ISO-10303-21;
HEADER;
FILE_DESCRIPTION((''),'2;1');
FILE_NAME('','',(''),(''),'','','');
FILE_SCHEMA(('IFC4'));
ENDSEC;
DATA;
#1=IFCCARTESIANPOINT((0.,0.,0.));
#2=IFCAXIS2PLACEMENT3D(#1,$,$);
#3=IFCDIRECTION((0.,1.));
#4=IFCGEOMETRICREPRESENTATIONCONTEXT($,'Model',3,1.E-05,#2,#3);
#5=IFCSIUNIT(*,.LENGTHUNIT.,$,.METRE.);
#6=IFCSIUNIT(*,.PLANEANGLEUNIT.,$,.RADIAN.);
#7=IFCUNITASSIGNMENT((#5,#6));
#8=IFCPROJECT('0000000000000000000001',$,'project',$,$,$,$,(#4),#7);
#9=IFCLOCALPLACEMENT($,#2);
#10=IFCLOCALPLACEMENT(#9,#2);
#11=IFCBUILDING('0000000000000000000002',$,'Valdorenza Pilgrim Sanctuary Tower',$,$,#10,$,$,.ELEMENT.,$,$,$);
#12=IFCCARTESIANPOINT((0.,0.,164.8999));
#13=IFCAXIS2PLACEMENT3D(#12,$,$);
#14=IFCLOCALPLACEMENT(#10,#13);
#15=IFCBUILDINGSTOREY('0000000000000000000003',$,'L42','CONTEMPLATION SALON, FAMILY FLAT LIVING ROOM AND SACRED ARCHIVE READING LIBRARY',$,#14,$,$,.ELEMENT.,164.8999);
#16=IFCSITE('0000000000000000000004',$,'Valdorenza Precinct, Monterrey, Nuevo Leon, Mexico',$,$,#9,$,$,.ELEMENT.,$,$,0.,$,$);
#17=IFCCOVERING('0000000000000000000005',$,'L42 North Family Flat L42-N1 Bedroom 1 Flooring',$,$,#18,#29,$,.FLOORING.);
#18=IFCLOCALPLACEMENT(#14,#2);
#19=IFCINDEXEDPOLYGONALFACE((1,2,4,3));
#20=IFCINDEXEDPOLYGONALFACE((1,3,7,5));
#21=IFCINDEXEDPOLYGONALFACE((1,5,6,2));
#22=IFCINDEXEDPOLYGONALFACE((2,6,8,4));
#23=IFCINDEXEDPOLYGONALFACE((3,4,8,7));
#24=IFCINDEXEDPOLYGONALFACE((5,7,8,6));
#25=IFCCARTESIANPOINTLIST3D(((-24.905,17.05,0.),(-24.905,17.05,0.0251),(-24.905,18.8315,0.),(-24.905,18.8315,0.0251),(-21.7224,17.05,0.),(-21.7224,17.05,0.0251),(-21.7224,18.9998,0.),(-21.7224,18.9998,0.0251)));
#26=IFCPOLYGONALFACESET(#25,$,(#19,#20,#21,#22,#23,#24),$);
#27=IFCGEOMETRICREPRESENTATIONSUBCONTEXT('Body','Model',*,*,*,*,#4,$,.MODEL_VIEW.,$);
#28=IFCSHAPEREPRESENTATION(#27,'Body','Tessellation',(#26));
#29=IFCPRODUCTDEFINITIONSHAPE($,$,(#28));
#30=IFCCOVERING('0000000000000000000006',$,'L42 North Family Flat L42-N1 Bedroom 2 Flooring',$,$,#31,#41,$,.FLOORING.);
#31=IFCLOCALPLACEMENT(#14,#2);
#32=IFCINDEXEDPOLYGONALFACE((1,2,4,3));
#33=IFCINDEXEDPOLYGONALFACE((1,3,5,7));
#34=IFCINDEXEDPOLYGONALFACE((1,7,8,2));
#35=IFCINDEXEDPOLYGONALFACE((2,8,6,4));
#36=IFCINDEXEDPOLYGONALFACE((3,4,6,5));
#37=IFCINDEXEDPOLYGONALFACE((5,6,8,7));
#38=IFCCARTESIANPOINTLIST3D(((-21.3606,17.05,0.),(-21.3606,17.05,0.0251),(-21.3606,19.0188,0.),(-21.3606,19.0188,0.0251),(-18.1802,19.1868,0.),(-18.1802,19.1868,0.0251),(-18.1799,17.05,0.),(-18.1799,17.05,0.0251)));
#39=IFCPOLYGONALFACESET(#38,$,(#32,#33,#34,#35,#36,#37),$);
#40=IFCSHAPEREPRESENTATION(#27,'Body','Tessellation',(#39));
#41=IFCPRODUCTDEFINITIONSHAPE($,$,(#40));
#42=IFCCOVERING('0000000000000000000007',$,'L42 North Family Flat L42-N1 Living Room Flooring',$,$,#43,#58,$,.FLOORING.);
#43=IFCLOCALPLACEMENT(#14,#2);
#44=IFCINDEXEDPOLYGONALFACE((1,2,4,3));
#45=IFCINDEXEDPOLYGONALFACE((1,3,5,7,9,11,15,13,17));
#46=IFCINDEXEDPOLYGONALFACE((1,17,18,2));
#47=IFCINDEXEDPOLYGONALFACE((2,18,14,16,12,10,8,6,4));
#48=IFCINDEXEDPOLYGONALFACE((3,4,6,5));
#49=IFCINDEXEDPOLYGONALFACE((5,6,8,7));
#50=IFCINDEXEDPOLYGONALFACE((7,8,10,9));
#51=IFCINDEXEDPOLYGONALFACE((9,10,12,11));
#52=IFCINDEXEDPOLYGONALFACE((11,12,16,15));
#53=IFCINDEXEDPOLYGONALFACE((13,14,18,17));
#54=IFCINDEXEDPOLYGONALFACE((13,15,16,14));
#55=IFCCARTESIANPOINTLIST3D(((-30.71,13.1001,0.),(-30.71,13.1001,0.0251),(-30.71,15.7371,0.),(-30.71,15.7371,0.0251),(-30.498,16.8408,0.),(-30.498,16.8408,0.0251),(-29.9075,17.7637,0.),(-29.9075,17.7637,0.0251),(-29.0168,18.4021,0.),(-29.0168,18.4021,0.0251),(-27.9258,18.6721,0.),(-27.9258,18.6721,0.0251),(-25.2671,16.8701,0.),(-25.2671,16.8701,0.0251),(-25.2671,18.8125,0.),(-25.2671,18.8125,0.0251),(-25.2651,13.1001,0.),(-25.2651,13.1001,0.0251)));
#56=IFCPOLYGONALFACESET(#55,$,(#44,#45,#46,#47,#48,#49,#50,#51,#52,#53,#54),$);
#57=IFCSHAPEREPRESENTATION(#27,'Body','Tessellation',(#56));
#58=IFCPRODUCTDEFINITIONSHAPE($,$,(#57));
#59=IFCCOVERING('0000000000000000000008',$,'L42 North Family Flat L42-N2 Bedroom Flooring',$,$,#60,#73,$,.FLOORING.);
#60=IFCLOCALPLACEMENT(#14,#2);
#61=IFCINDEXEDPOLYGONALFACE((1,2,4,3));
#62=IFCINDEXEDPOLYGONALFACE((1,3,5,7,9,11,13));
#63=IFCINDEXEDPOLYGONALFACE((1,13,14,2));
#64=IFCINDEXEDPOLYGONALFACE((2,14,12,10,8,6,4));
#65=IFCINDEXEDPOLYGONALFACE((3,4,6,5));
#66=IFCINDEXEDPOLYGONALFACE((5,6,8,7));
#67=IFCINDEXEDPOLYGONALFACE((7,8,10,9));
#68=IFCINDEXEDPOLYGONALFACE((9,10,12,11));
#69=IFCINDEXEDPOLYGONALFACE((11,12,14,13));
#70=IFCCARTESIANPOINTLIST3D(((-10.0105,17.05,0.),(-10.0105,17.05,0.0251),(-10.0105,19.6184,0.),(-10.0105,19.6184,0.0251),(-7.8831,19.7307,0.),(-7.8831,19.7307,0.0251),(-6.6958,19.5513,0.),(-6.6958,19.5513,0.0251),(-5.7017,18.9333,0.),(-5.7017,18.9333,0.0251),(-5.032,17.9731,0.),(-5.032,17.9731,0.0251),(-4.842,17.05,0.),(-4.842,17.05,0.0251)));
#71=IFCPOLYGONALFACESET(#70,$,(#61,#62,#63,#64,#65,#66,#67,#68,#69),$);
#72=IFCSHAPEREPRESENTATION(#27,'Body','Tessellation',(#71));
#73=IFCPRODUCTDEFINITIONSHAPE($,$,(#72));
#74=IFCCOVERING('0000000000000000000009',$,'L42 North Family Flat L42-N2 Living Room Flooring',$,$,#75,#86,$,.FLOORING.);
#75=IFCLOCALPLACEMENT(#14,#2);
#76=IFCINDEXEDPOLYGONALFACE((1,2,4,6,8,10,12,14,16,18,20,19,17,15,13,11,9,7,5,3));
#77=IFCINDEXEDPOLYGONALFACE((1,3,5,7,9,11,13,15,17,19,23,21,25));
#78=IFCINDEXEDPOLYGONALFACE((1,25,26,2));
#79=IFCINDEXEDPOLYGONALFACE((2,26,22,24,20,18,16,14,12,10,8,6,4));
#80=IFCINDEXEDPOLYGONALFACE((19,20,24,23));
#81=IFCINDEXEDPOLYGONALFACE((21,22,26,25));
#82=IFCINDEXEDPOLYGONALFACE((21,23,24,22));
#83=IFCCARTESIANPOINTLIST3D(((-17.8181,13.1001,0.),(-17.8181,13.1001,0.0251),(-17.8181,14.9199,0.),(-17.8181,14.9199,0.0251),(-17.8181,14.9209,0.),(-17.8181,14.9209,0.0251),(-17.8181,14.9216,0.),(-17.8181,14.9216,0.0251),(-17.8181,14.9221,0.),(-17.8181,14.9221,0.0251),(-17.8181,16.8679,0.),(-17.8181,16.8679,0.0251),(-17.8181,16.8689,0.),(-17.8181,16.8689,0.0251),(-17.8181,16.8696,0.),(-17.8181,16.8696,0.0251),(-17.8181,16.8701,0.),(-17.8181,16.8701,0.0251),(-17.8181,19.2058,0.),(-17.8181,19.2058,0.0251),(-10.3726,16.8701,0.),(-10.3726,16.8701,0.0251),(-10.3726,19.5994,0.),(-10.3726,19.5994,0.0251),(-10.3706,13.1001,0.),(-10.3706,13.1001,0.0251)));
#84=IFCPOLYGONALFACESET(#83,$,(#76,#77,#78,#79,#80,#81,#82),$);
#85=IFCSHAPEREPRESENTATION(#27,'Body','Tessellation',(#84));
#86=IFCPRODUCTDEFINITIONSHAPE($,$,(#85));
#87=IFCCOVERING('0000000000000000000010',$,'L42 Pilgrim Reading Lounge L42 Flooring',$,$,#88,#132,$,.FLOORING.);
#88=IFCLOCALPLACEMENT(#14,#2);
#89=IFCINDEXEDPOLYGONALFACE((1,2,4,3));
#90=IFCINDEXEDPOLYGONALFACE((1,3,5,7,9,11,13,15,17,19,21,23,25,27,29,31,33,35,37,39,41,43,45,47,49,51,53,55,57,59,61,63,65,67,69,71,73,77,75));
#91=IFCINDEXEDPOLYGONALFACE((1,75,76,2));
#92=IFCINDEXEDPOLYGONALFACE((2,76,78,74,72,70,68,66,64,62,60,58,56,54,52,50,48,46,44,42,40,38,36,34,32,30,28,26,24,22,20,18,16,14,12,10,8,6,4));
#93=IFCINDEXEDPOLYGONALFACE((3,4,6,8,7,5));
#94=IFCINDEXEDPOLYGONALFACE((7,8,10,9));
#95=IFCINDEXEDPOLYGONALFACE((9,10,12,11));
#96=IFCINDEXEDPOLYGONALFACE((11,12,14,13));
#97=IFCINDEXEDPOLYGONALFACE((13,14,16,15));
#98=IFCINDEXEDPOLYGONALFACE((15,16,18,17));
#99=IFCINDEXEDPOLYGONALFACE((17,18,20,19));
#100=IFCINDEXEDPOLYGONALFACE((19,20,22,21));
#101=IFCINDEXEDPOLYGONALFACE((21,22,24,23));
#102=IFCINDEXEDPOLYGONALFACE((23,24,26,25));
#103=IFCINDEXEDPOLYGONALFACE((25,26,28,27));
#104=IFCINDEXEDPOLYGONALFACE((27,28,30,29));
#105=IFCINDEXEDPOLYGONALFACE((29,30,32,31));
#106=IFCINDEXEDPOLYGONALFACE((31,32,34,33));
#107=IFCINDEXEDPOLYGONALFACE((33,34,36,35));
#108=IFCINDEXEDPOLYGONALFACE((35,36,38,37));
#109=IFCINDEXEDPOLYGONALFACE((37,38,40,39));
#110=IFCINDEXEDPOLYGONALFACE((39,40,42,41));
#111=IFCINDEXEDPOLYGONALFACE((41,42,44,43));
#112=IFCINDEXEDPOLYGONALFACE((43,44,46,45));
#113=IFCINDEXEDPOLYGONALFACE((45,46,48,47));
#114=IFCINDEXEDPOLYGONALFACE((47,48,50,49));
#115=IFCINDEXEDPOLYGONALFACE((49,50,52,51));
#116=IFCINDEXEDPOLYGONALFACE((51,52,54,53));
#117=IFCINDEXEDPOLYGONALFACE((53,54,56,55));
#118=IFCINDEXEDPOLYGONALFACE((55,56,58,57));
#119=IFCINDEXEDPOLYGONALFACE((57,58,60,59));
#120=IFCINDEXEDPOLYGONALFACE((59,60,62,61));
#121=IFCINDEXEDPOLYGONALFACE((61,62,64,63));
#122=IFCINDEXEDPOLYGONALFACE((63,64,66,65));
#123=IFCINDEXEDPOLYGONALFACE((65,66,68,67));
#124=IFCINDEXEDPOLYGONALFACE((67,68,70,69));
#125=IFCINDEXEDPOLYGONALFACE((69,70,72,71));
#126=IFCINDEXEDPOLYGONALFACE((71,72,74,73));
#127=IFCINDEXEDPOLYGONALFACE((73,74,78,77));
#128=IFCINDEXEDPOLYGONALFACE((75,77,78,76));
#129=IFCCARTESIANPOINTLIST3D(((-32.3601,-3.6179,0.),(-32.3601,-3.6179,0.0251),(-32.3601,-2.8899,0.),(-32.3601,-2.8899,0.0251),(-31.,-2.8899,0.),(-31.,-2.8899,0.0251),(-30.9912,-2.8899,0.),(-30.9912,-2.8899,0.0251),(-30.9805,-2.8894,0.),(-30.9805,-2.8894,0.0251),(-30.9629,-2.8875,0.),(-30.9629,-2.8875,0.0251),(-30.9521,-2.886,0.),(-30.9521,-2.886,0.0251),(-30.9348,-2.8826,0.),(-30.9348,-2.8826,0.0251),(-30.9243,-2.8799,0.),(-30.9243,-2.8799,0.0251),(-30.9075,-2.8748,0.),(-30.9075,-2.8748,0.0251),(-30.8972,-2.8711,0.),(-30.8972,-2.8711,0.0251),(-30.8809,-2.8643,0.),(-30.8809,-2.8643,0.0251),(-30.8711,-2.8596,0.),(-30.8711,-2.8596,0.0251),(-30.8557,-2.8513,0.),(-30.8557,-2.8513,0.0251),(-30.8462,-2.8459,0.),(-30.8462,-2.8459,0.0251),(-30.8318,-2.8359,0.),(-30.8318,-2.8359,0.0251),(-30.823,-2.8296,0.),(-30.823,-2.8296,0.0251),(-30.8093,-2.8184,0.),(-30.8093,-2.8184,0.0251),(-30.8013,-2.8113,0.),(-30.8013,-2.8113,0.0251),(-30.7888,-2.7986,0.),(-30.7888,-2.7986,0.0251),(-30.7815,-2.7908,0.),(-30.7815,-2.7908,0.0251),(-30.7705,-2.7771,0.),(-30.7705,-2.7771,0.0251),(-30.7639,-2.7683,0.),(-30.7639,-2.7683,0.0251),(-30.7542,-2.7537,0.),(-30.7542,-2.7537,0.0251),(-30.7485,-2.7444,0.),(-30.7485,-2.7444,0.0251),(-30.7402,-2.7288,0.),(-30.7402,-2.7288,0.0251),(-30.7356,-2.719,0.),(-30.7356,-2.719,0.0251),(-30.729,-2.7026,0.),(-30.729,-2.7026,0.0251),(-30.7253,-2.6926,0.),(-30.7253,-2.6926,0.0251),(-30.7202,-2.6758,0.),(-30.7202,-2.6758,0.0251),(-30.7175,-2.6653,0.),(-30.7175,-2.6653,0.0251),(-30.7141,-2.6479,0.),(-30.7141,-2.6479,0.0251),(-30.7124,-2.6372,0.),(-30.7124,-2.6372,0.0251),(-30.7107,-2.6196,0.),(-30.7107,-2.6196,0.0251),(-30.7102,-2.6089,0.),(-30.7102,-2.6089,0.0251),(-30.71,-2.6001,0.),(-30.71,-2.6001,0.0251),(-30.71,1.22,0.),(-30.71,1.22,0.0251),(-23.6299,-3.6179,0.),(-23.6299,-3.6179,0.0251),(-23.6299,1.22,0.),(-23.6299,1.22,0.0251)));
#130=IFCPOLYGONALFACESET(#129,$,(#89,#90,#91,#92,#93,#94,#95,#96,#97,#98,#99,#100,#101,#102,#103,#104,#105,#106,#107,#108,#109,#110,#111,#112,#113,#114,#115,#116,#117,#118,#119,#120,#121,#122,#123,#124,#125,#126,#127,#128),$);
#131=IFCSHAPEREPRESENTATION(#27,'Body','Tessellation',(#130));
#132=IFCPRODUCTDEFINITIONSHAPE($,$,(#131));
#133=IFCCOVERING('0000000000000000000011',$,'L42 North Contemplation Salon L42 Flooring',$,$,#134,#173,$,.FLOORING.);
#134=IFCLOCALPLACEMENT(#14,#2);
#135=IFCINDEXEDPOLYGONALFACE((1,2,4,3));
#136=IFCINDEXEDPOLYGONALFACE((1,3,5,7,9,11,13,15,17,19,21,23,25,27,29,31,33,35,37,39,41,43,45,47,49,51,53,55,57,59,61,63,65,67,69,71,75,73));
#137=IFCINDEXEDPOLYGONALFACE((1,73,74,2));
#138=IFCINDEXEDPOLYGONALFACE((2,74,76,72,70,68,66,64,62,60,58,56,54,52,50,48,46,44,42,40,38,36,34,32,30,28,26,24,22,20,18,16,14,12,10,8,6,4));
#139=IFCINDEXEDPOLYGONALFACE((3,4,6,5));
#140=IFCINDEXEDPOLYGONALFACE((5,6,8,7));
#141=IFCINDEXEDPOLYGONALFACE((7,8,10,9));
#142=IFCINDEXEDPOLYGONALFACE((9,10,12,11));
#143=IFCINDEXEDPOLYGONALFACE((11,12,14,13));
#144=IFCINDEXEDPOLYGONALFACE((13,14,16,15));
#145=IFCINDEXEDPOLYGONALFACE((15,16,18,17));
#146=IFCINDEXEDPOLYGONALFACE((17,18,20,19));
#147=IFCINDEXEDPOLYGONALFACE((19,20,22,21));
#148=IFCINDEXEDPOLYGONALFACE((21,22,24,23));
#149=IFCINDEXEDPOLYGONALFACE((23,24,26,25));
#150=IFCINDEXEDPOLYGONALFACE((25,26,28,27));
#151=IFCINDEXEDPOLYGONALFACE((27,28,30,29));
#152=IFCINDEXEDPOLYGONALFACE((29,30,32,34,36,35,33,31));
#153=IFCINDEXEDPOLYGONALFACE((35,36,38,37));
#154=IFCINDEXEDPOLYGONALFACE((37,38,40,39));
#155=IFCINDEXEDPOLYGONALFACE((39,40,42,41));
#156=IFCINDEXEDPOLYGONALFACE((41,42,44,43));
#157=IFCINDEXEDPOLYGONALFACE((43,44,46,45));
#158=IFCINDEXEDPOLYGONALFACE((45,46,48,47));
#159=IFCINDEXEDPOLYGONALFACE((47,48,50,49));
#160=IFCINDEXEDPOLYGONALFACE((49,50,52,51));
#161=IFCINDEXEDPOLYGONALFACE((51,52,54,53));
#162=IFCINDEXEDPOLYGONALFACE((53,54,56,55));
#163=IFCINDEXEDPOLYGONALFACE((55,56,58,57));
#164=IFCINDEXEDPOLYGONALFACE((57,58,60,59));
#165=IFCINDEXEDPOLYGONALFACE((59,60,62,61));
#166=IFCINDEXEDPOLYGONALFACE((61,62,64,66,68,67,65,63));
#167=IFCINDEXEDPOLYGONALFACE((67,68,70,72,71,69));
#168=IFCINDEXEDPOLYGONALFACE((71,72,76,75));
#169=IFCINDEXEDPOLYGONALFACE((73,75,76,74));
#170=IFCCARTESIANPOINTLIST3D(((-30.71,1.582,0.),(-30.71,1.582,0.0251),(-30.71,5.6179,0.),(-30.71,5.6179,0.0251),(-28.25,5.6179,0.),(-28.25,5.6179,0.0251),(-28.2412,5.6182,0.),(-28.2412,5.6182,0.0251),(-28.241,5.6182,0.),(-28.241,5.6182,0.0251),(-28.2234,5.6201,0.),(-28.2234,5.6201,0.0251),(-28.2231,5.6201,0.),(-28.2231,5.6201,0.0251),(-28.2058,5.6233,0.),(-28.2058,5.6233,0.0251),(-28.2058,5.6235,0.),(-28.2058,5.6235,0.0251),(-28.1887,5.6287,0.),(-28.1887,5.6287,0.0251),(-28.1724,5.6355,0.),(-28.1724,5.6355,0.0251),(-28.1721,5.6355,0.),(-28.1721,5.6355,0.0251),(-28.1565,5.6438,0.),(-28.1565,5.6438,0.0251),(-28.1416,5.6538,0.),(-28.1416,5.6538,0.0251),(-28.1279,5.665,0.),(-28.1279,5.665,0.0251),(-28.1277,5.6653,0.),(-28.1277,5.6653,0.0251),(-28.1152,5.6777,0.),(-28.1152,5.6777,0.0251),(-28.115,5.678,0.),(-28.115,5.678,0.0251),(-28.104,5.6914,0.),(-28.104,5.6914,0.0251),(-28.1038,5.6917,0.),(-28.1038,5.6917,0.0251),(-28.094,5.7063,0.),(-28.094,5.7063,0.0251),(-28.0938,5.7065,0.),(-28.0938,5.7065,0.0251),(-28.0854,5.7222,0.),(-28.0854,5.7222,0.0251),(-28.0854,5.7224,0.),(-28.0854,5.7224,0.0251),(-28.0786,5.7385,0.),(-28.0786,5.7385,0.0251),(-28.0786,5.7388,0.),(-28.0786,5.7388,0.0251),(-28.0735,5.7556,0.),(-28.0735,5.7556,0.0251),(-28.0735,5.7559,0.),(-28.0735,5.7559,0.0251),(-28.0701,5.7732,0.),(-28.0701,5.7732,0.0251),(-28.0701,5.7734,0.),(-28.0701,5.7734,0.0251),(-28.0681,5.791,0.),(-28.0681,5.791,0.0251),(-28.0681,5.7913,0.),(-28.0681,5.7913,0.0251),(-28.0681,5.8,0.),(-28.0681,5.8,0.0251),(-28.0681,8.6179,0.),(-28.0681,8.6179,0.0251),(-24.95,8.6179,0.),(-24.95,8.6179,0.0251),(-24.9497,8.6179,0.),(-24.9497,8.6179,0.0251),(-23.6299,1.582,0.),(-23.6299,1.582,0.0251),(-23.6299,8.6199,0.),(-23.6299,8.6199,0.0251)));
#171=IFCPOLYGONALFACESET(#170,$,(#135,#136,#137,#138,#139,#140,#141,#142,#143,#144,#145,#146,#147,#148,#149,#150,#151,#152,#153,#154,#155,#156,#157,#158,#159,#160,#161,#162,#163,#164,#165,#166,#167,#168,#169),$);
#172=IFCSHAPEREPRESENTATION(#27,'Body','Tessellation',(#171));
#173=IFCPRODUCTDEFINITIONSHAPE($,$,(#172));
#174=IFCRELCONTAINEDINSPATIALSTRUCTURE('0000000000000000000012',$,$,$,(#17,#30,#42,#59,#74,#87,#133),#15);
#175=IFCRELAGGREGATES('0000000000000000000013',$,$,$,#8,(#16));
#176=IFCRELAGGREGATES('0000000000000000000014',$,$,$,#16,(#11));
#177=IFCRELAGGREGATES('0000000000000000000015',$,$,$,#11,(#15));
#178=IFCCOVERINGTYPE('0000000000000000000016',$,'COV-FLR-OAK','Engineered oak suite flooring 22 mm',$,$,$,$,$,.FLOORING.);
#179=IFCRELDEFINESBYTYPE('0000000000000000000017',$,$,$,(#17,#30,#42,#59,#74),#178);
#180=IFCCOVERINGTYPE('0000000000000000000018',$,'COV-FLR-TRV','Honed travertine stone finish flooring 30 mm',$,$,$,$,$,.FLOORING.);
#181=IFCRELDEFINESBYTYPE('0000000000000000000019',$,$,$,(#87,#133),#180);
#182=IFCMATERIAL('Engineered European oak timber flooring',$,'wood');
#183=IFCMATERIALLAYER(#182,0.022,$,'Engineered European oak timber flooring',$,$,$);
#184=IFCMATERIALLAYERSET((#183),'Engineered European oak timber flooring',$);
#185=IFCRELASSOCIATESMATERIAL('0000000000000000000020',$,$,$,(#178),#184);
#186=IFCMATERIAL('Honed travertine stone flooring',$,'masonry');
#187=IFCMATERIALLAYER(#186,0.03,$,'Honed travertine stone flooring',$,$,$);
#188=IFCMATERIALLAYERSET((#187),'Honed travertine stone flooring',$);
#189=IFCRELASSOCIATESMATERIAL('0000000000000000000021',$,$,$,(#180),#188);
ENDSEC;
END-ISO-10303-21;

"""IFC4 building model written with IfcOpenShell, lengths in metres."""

from ifc_helpers import new_model, si_unit, direction, frame, origin, place, context, subcontext, project, spatial, polyline, outline, extrude, material, layer, layer_set, type_object, element, save


model = new_model("IFC4")

# Units and contexts
model_context = context("Model", 3, precision=1e-05, world=origin(), true_north=direction((0.0, 1.0)))
body_context = subcontext(model_context, "Body", "Model", "MODEL_VIEW")
ifc_project = project(units=[si_unit("LENGTHUNIT", "METRE"), si_unit("PLANEANGLEUNIT", "RADIAN")], contexts=[model_context])

# Site, building, storey
site_placement = place(None, origin())
site = spatial("IfcSite", under=ifc_project, at=site_placement, Name="Valdorenza Precinct, Monterrey, Nuevo Leon, Mexico", CompositionType="ELEMENT", RefElevation=0.0)
building_placement = place(site_placement, origin())
building = spatial("IfcBuilding", under=site, at=building_placement, Name="Valdorenza Pilgrim Sanctuary Tower", CompositionType="ELEMENT")
storey_placement = place(building_placement, frame((0.0, 0.0, 164.8999)))
storey = spatial("IfcBuildingStorey", under=building, at=storey_placement, Name="L42", Description="CONTEMPLATION SALON, FAMILY FLAT LIVING ROOM AND SACRED ARCHIVE READING LIBRARY", CompositionType="ELEMENT", Elevation=164.8999)

# Coverings
ifc_material_1 = material(Name="Engineered European oak timber flooring", Category="wood")
ifc_layer_1 = layer(ifc_material_1, 0.022, Name="Engineered European oak timber flooring")
ifc_layer_set_1 = layer_set([ifc_layer_1], Name="Engineered European oak timber flooring")
covering_type_1 = type_object("IfcCoveringType", Name="COV-FLR-OAK", Description="Engineered oak suite flooring 22 mm", PredefinedType="FLOORING", material=ifc_layer_set_1)
covering_1_placement = place(storey_placement, origin())
element("IfcCovering", 1, at=covering_1_placement, inside=storey, type_object=covering_type_1, Name="L42 North Family Flat L42-N1 Bedroom 1 Flooring", PredefinedType="FLOORING", context=body_context, shape_type="SweptSolid", body=[
    extrude(outline(polyline([(-24.905, 17.05), (-24.905, 18.8315), (-21.7224, 18.9998), (-21.7224, 17.05), (-24.905, 17.05)])), origin(), (0.0, 0.0, 1.0), 0.0251),
])
covering_2_placement = place(storey_placement, origin())
element("IfcCovering", 2, at=covering_2_placement, inside=storey, type_object=covering_type_1, Name="L42 North Family Flat L42-N1 Bedroom 2 Flooring", PredefinedType="FLOORING", context=body_context, shape_type="SweptSolid", body=[
    extrude(outline(polyline([(-18.1799, 17.05), (-21.3606, 17.05), (-21.3606, 19.0188), (-18.1802, 19.1868), (-18.1799, 17.05)])), origin(), (0.0, 0.0, 1.0), 0.0251),
])
covering_3_placement = place(storey_placement, origin())
element("IfcCovering", 3, at=covering_3_placement, inside=storey, type_object=covering_type_1, Name="L42 North Family Flat L42-N1 Living Room Flooring", PredefinedType="FLOORING", context=body_context, shape_type="SweptSolid", body=[
    extrude(outline(polyline([(-30.71, 13.1001), (-30.71, 15.7371), (-30.498, 16.8408), (-29.9075, 17.7637), (-29.0168, 18.4021), (-27.9258, 18.6721), (-25.2671, 18.8125), (-25.2671, 16.8701), (-25.2651, 13.1001), (-30.71, 13.1001)])), origin(), (0.0, 0.0, 1.0), 0.0251),
])
covering_4_placement = place(storey_placement, origin())
element("IfcCovering", 4, at=covering_4_placement, inside=storey, type_object=covering_type_1, Name="L42 North Family Flat L42-N2 Bedroom Flooring", PredefinedType="FLOORING", context=body_context, shape_type="SweptSolid", body=[
    extrude(outline(polyline([(-10.0105, 19.6184), (-7.8831, 19.7307), (-6.6958, 19.5513), (-5.7017, 18.9333), (-5.032, 17.9731), (-4.842, 17.05), (-10.0105, 17.05), (-10.0105, 19.6184)])), origin(), (0.0, 0.0, 1.0), 0.0251),
])
covering_5_placement = place(storey_placement, origin())
element("IfcCovering", 5, at=covering_5_placement, inside=storey, type_object=covering_type_1, Name="L42 North Family Flat L42-N2 Living Room Flooring", PredefinedType="FLOORING", context=body_context, shape_type="SweptSolid", body=[
    extrude(outline(polyline([(-17.8181, 14.9216), (-17.8181, 14.9221), (-17.8181, 16.8679), (-17.8181, 16.8689), (-17.8181, 16.8696), (-17.8181, 16.8701), (-17.8181, 19.2058), (-10.3726, 19.5994), (-10.3726, 16.8701), (-10.3706, 13.1001), (-17.8181, 13.1001), (-17.8181, 14.9199), (-17.8181, 14.9209), (-17.8181, 14.9216)])), origin(), (0.0, 0.0, 1.0), 0.0251),
])
ifc_material_2 = material(Name="Honed travertine stone flooring", Category="masonry")
ifc_layer_2 = layer(ifc_material_2, 0.03, Name="Honed travertine stone flooring")
ifc_layer_set_2 = layer_set([ifc_layer_2], Name="Honed travertine stone flooring")
covering_type_2 = type_object("IfcCoveringType", Name="COV-FLR-TRV", Description="Honed travertine stone finish flooring 30 mm", PredefinedType="FLOORING", material=ifc_layer_set_2)
covering_6_placement = place(storey_placement, origin())
element("IfcCovering", 6, at=covering_6_placement, inside=storey, type_object=covering_type_2, Name="L42 Pilgrim Reading Lounge L42 Flooring", PredefinedType="FLOORING", context=body_context, shape_type="SweptSolid", body=[
    extrude(outline(polyline([(-23.6299, -3.6179), (-32.3601, -3.6179), (-32.3601, -2.8899), (-31.0, -2.8899), (-30.9912, -2.8899), (-30.9805, -2.8894), (-30.9629, -2.8875), (-30.9521, -2.886), (-30.9348, -2.8826), (-30.9243, -2.8799), (-30.9075, -2.8748), (-30.8972, -2.8711), (-30.8809, -2.8643), (-30.8711, -2.8596), (-30.8557, -2.8513), (-30.8462, -2.8459), (-30.8318, -2.8359), (-30.823, -2.8296), (-30.8093, -2.8184), (-30.8013, -2.8113), (-30.7888, -2.7986), (-30.7815, -2.7908), (-30.7705, -2.7771), (-30.7639, -2.7683), (-30.7542, -2.7537), (-30.7485, -2.7444), (-30.7402, -2.7288), (-30.7356, -2.719), (-30.729, -2.7026), (-30.7253, -2.6926), (-30.7202, -2.6758), (-30.7175, -2.6653), (-30.7141, -2.6479), (-30.7124, -2.6372), (-30.7107, -2.6196), (-30.7102, -2.6089), (-30.71, -2.6001), (-30.71, 1.22), (-23.6299, 1.22), (-23.6299, -3.6179)])), origin(), (0.0, 0.0, 1.0), 0.0251),
])
covering_7_placement = place(storey_placement, origin())
element("IfcCovering", 7, at=covering_7_placement, inside=storey, type_object=covering_type_2, Name="L42 North Contemplation Salon L42 Flooring", PredefinedType="FLOORING", context=body_context, shape_type="SweptSolid", body=[
    extrude(outline(polyline([(-23.6299, 8.6199), (-23.6299, 1.582), (-30.71, 1.582), (-30.71, 5.6179), (-28.25, 5.6179), (-28.2412, 5.6182), (-28.241, 5.6182), (-28.2234, 5.6201), (-28.2231, 5.6201), (-28.2058, 5.6233), (-28.2058, 5.6235), (-28.1887, 5.6287), (-28.1887, 5.6287), (-28.1724, 5.6355), (-28.1721, 5.6355), (-28.1565, 5.6438), (-28.1565, 5.6438), (-28.1416, 5.6538), (-28.1416, 5.6538), (-28.1279, 5.665), (-28.1277, 5.6653), (-28.1152, 5.6777), (-28.115, 5.678), (-28.104, 5.6914), (-28.1038, 5.6917), (-28.094, 5.7063), (-28.0938, 5.7065), (-28.0854, 5.7222), (-28.0854, 5.7224), (-28.0786, 5.7385), (-28.0786, 5.7388), (-28.0735, 5.7556), (-28.0735, 5.7559), (-28.0701, 5.7732), (-28.0701, 5.7734), (-28.0681, 5.791), (-28.0681, 5.7913), (-28.0681, 5.8), (-28.0681, 8.6179), (-24.95, 8.6179), (-24.9497, 8.6179), (-23.6299, 8.6199)])), origin(), (0.0, 0.0, 1.0), 0.0251),
])

save(model, "model.ifc")
